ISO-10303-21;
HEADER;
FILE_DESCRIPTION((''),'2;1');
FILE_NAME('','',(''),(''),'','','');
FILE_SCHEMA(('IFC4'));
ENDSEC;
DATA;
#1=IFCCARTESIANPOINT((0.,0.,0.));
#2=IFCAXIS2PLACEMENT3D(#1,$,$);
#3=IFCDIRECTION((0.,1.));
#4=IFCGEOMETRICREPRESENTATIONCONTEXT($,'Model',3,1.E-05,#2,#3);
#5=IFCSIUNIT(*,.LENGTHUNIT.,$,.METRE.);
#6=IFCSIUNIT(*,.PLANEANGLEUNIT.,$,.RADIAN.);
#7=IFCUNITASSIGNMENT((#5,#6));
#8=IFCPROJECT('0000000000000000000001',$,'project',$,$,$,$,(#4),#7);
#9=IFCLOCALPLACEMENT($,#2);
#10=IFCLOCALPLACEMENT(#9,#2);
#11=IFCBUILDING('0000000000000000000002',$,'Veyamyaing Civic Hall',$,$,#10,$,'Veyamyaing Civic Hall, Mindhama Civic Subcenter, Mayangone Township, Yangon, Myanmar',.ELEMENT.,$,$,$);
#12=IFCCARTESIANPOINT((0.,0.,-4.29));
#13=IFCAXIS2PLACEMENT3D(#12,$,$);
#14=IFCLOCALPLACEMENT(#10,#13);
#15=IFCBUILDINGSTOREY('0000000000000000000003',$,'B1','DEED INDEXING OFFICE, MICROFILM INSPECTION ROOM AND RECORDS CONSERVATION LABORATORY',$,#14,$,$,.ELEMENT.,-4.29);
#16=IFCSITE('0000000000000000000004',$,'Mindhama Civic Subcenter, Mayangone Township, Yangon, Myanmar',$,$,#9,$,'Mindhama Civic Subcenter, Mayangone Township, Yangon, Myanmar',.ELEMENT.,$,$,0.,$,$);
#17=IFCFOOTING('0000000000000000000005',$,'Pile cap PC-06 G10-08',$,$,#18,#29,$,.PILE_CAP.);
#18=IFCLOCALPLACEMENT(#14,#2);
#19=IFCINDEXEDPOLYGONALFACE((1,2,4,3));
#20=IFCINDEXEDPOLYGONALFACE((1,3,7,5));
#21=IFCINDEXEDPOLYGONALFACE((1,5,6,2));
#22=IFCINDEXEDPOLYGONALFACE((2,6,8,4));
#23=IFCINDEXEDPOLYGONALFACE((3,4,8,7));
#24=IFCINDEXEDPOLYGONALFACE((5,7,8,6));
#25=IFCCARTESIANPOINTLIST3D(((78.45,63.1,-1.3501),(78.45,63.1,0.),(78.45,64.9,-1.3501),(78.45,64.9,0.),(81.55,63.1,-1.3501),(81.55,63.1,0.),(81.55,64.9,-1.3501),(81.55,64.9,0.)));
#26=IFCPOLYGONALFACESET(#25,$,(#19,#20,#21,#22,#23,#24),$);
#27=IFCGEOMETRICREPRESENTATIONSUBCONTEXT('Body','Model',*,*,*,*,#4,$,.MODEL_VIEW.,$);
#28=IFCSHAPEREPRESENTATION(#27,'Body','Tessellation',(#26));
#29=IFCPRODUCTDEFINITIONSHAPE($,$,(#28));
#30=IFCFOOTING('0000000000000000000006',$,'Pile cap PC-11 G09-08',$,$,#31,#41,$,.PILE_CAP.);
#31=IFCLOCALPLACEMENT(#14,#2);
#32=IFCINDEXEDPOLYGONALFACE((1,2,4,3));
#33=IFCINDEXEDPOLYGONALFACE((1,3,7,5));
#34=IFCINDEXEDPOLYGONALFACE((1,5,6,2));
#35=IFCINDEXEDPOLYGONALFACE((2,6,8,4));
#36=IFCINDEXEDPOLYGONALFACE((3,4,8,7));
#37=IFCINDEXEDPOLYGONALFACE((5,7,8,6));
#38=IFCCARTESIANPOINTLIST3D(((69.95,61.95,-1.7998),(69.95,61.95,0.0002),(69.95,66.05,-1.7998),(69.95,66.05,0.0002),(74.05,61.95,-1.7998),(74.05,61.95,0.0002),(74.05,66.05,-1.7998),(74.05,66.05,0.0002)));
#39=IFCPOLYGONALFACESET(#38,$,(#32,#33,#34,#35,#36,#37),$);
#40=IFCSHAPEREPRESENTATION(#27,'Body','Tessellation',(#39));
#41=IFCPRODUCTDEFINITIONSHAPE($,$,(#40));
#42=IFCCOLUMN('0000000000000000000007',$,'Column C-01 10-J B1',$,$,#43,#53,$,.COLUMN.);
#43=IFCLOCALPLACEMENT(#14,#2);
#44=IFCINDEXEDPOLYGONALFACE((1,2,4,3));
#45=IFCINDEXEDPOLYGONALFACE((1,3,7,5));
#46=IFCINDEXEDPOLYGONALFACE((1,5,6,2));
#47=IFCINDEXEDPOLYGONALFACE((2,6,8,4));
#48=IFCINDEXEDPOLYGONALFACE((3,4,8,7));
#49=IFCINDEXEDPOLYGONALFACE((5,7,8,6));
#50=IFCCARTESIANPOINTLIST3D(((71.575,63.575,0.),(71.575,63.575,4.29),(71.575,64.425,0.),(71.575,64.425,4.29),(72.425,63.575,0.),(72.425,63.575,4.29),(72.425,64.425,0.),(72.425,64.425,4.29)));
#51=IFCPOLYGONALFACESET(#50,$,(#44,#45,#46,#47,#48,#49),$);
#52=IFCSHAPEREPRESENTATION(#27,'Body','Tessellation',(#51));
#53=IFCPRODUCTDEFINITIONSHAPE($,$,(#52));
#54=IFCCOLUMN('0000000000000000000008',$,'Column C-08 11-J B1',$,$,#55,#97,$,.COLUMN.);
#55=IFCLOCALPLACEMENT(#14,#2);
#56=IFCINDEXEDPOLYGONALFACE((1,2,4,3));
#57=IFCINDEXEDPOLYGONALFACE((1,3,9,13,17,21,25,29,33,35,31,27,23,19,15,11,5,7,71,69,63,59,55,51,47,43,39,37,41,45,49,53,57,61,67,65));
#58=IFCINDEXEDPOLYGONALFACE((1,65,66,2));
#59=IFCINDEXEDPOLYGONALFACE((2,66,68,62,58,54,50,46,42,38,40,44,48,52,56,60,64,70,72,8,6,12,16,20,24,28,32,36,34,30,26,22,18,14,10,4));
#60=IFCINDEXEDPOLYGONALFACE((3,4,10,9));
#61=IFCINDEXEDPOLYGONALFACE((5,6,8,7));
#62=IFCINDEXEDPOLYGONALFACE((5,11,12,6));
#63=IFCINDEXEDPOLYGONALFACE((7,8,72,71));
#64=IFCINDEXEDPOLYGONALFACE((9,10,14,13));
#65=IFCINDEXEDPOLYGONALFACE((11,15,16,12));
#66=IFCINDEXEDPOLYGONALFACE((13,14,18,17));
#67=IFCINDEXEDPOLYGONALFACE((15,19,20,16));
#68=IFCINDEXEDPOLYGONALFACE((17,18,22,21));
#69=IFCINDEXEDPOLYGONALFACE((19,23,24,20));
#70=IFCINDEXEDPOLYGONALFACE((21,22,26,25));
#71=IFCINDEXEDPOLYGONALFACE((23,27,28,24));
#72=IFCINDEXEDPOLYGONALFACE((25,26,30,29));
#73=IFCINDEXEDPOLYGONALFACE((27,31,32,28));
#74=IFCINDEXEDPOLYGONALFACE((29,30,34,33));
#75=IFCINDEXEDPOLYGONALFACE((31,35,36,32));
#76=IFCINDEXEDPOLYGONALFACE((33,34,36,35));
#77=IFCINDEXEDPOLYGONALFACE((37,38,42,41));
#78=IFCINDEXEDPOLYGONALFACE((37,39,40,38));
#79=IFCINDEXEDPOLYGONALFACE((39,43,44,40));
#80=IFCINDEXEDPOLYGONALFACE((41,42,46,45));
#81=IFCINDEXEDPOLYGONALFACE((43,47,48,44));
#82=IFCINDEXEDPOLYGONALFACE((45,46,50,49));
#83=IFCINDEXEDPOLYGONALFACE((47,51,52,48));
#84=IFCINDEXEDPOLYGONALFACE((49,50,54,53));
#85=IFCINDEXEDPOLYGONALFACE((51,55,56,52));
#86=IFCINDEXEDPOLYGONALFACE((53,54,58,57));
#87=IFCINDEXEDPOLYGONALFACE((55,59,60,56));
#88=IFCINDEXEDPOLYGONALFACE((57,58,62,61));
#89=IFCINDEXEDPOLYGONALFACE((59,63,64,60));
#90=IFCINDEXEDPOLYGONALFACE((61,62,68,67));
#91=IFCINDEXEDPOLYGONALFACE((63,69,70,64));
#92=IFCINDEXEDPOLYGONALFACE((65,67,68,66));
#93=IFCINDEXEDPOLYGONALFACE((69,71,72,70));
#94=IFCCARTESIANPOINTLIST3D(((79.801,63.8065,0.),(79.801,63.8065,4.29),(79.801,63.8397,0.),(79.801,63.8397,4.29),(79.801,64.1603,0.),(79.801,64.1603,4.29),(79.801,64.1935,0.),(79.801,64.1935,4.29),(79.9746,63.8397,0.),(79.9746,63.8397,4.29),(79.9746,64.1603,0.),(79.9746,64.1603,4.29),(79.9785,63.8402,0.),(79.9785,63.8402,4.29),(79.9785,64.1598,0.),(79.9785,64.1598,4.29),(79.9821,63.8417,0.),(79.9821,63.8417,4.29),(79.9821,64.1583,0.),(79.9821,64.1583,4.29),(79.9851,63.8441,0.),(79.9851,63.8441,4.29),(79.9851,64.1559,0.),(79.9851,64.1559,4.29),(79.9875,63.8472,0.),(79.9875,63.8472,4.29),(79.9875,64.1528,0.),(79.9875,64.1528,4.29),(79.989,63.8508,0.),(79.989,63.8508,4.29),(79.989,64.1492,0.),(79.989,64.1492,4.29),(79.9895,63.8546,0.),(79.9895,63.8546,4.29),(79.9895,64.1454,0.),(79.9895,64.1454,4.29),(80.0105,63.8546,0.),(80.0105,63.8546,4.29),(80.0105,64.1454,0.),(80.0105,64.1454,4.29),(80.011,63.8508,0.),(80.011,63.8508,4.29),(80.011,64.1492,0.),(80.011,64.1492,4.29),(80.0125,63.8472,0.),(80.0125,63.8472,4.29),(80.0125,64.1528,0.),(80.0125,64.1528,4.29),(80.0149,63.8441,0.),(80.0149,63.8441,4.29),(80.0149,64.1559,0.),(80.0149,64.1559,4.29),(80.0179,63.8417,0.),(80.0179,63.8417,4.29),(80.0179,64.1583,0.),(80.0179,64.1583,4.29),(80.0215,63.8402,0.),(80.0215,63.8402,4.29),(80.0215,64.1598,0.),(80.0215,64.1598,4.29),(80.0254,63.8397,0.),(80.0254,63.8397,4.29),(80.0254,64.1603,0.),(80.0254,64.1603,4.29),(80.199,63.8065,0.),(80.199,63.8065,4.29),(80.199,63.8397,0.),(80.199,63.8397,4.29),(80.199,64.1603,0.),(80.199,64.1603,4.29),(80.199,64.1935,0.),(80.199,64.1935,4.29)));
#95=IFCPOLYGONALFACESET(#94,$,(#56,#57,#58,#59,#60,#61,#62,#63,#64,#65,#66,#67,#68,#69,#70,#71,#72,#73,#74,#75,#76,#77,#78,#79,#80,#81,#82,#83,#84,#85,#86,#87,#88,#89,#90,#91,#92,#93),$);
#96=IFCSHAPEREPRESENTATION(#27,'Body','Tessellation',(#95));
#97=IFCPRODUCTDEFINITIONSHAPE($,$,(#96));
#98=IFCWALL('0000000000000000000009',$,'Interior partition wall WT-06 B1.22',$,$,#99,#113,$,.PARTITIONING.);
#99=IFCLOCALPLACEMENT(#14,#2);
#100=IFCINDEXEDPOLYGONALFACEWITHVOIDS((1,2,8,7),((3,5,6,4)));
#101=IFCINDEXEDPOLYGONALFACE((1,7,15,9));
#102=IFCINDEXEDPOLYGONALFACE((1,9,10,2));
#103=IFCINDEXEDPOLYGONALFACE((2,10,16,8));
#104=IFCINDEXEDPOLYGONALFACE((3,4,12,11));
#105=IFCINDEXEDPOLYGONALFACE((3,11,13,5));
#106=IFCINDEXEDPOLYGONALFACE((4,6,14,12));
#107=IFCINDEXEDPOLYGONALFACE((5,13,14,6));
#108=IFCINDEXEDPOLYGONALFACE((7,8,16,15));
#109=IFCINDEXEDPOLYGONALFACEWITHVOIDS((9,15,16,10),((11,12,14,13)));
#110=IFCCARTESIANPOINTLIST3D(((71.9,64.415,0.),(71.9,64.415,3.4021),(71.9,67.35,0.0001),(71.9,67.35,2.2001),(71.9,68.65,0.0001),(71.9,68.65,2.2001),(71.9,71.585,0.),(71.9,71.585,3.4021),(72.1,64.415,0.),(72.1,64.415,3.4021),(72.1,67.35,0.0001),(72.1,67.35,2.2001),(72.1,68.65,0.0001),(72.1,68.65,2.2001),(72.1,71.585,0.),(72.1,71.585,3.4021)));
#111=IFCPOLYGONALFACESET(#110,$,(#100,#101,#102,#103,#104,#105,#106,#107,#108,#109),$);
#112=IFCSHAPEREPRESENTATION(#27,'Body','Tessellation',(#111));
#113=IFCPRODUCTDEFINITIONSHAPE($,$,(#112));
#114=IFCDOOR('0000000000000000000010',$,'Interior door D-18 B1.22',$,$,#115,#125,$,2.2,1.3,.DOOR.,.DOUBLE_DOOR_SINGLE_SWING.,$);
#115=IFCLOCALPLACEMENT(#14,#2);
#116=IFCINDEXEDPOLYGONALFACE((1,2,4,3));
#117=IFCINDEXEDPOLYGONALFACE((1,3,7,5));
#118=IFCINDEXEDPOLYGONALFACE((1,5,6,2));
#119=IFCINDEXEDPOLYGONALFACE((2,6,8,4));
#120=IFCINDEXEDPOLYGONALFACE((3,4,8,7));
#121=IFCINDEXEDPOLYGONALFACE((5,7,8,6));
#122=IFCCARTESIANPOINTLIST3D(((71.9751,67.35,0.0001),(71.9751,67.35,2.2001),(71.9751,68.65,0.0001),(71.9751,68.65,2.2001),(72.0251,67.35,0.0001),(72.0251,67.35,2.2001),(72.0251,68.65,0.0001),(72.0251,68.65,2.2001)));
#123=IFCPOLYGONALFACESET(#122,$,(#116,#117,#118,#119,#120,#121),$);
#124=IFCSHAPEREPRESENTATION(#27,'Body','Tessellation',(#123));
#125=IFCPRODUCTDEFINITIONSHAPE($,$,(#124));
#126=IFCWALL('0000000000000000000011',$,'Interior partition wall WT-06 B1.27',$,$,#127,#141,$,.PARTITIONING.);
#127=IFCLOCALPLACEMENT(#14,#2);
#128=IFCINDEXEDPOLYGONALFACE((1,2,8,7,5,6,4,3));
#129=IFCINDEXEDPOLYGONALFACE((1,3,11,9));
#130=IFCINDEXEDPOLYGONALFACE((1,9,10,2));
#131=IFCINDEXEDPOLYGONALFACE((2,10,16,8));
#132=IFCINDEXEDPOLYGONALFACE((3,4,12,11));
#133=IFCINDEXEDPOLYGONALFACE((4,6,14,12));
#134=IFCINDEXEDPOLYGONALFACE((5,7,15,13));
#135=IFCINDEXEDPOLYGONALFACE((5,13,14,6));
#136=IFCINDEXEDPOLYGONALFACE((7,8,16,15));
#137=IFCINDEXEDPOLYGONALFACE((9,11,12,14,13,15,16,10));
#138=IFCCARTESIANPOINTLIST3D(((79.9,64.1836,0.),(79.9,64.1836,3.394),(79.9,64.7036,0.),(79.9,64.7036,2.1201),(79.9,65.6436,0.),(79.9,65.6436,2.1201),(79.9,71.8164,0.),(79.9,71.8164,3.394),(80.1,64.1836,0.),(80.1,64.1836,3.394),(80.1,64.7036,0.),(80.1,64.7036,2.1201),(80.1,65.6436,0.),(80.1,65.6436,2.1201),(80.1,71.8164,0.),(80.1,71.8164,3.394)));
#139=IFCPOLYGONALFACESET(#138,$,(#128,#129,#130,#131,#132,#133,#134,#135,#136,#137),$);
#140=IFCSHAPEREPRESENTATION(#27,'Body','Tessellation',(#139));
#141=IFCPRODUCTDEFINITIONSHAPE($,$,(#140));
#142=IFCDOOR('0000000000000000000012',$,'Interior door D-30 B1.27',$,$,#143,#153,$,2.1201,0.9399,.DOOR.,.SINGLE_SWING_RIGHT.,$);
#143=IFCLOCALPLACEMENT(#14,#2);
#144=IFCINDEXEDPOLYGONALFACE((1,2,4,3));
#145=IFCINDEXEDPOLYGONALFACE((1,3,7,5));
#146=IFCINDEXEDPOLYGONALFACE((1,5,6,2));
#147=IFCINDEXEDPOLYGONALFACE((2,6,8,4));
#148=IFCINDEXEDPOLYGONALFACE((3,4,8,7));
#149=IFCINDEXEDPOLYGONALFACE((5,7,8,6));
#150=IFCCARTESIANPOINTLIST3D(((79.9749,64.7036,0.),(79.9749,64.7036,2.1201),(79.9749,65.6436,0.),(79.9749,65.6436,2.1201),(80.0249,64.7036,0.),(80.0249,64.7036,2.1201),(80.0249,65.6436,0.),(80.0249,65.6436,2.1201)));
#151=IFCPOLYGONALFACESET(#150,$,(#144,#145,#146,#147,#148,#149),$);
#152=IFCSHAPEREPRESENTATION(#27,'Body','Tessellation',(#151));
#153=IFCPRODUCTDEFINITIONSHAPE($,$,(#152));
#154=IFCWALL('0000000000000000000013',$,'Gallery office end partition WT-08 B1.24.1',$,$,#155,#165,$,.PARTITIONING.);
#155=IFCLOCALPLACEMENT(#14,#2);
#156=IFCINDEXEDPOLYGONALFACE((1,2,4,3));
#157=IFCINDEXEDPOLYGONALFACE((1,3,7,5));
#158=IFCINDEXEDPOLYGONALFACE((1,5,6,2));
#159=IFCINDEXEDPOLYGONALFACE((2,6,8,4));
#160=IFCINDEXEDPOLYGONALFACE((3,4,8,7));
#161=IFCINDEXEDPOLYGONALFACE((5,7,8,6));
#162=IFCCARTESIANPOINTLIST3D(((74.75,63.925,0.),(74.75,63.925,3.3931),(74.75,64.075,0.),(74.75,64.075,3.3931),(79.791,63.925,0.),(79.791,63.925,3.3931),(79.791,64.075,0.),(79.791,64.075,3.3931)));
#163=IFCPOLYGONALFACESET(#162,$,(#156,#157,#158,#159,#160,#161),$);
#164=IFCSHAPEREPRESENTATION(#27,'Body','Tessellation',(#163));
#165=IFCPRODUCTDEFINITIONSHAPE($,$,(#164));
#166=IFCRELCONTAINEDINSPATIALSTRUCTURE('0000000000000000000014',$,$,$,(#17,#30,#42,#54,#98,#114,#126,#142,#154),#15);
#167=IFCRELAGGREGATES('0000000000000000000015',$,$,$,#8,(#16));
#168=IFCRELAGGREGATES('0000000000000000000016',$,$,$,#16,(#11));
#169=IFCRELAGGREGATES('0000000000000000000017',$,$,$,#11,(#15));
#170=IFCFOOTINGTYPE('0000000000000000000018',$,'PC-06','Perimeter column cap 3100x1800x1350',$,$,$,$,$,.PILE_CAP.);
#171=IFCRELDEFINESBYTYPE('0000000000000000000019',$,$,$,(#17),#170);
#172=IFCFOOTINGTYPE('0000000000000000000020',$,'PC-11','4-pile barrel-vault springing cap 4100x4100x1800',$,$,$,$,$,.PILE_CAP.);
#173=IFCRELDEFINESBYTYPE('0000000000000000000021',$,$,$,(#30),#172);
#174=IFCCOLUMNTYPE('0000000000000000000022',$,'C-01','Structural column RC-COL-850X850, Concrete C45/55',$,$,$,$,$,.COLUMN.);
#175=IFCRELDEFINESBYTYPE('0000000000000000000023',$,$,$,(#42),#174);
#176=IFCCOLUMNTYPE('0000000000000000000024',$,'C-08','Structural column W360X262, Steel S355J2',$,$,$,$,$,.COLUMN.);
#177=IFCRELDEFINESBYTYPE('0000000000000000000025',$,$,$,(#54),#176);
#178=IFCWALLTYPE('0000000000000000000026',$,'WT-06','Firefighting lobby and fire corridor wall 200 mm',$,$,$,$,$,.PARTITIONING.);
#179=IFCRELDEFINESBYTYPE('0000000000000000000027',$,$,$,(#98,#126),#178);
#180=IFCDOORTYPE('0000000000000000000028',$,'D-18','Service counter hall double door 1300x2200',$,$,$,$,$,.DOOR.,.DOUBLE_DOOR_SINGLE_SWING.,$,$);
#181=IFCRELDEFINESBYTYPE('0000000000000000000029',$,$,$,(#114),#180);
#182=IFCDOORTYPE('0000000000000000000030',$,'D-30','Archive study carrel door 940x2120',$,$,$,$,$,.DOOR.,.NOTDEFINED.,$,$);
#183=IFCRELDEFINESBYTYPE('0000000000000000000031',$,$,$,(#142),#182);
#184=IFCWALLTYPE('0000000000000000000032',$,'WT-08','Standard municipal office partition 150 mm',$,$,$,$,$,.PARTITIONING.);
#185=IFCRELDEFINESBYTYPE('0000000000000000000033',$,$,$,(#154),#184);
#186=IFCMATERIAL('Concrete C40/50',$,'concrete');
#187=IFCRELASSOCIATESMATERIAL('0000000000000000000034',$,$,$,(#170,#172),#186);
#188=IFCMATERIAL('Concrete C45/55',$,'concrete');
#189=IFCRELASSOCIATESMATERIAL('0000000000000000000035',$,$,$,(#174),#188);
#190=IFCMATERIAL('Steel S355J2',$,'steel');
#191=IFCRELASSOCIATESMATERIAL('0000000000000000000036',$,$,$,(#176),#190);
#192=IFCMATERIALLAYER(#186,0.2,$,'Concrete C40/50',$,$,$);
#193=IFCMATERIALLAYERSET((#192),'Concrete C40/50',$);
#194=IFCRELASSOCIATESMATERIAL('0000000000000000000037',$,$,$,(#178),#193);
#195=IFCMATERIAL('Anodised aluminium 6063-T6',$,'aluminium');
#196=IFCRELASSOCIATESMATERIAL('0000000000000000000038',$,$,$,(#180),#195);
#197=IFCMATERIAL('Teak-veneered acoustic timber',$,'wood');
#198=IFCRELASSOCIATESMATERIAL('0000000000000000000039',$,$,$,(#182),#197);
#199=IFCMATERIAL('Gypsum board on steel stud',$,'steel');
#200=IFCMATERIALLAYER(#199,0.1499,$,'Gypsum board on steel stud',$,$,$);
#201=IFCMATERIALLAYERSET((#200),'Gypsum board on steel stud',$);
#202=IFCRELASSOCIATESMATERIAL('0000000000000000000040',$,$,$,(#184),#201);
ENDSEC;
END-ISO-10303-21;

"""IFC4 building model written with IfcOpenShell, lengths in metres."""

from ifc_helpers import new_model, si_unit, direction, frame, frame_2d, origin, origin_2d, place, context, subcontext, project, spatial, rectangle, i_section, extrude, material, layer, layer_set, material_profile, profile_set, type_object, element, fill, save


model = new_model("IFC4")

# Units and contexts
model_context = context("Model", 3, precision=1e-05, world=origin(), true_north=direction((0.0, 1.0)))
body_context = subcontext(model_context, "Body", "Model", "MODEL_VIEW")
ifc_project = project(units=[si_unit("LENGTHUNIT", "METRE"), si_unit("PLANEANGLEUNIT", "RADIAN")], contexts=[model_context])

# Site, building, storey
site_placement = place(None, origin())
site = spatial("IfcSite", under=ifc_project, at=site_placement, Name="Mindhama Civic Subcenter, Mayangone Township, Yangon, Myanmar", LongName="Mindhama Civic Subcenter, Mayangone Township, Yangon, Myanmar", CompositionType="ELEMENT", RefElevation=0.0)
building_placement = place(site_placement, origin())
building = spatial("IfcBuilding", under=site, at=building_placement, Name="Veyamyaing Civic Hall", LongName="Veyamyaing Civic Hall, Mindhama Civic Subcenter, Mayangone Township, Yangon, Myanmar", CompositionType="ELEMENT")
storey_placement = place(building_placement, frame((0.0, 0.0, -4.29)))
storey = spatial("IfcBuildingStorey", under=building, at=storey_placement, Name="B1", Description="DEED INDEXING OFFICE, MICROFILM INSPECTION ROOM AND RECORDS CONSERVATION LABORATORY", CompositionType="ELEMENT", Elevation=-4.29)

# Shared definitions
ifc_material_1 = material(Name="Concrete C40/50", Category="concrete")

# Footings
footing_type_1 = type_object("IfcFootingType", Name="PC-06", Description="Perimeter column cap 3100x1800x1350", PredefinedType="PILE_CAP", material=ifc_material_1)
footing_1_placement = place(storey_placement, frame((80.0, 64.0, -1.3501), z_axis=(0.0, 0.0, 1.0), x_axis=(1.0, 0.0, 0.0)))
element("IfcFooting", 1, at=footing_1_placement, inside=storey, type_object=footing_type_1, Name="Pile cap PC-06 G10-08", PredefinedType="PILE_CAP", context=body_context, shape_type="SweptSolid", body=[
    extrude(rectangle(XDim=3.1001, YDim=1.8, at=origin_2d()), origin(), (0.0, 0.0, 1.0), 1.3501),
])
footing_type_2 = type_object("IfcFootingType", Name="PC-11", Description="4-pile barrel-vault springing cap 4100x4100x1800", PredefinedType="PILE_CAP", material=ifc_material_1)
footing_2_placement = place(storey_placement, frame((72.0, 64.0, -1.7998), z_axis=(0.0, 0.0, 1.0), x_axis=(1.0, 0.0, 0.0)))
element("IfcFooting", 2, at=footing_2_placement, inside=storey, type_object=footing_type_2, Name="Pile cap PC-11 G09-08", PredefinedType="PILE_CAP", context=body_context, shape_type="SweptSolid", body=[
    extrude(rectangle(XDim=4.1001, YDim=4.1001, at=origin_2d()), origin(), (0.0, 0.0, 1.0), 1.8),
])

# Columns
ifc_material_2 = material(Name="Concrete C45/55", Category="concrete")
ifc_material_profile_1 = material_profile(ifc_material_2, rectangle(XDim=0.8501, YDim=0.8501, at=origin_2d()), Name="RC-COL-850X850")
ifc_profile_set_1 = profile_set([ifc_material_profile_1], Name="Concrete C45/55")
column_type_1 = type_object("IfcColumnType", Name="C-01", Description="Structural column RC-COL-850X850, Concrete C45/55", PredefinedType="COLUMN", material=ifc_profile_set_1)
column_1_placement = place(storey_placement, frame((72.0, 64.0, 0.0), z_axis=(0.0, 0.0, 1.0), x_axis=(1.0, 0.0, 0.0)))
element("IfcColumn", 3, at=column_1_placement, inside=storey, type_object=column_type_1, Name="Column C-01 10-J B1", PredefinedType="COLUMN", context=body_context, shape_type="SweptSolid", body=[
    extrude(rectangle(XDim=0.8501, YDim=0.8501, at=origin_2d()), origin(), (0.0, 0.0, 1.0), 4.29),
])
ifc_material_3 = material(Name="Steel S355J2", Category="steel")
ifc_material_profile_2 = material_profile(ifc_material_3, i_section(OverallWidth=0.3979, OverallDepth=0.387, WebThickness=0.021, FlangeThickness=0.0332, FilletRadius=0.0149, at=origin_2d()), Name="W360X262")
ifc_profile_set_2 = profile_set([ifc_material_profile_2], Name="Steel S355J2")
column_type_2 = type_object("IfcColumnType", Name="C-08", Description="Structural column W360X262, Steel S355J2", PredefinedType="COLUMN", material=ifc_profile_set_2)
column_2_placement = place(storey_placement, frame((80.0, 64.0, 0.0), z_axis=(0.0, 0.0, 1.0), x_axis=(1.0, 0.0, 0.0)))
element("IfcColumn", 4, at=column_2_placement, inside=storey, type_object=column_type_2, Name="Column C-08 11-J B1", PredefinedType="COLUMN", context=body_context, shape_type="SweptSolid", body=[
    extrude(i_section(OverallWidth=0.3979, OverallDepth=0.387, WebThickness=0.021, FlangeThickness=0.0332, FilletRadius=0.0149, at=origin_2d()), origin(), (0.0, 0.0, 1.0), 4.29),
])

# Walls, openings, doors
ifc_layer_1 = layer(ifc_material_1, 0.2, Name="Concrete C40/50")
ifc_layer_set_1 = layer_set([ifc_layer_1], Name="Concrete C40/50")
wall_type_1 = type_object("IfcWallType", Name="WT-06", Description="Firefighting lobby and fire corridor wall 200 mm", PredefinedType="PARTITIONING", material=ifc_layer_set_1)
wall_1_placement = place(storey_placement, frame((72.0, 64.415, 0.0), z_axis=(0.0, 0.0, 1.0), x_axis=(0.0, 1.0, 0.0)))
wall_1 = element("IfcWall", 5, at=wall_1_placement, inside=storey, type_object=wall_type_1, Name="Interior partition wall WT-06 B1.22", PredefinedType="PARTITIONING", context=body_context, shape_type="SweptSolid", body=[
    extrude(rectangle(XDim=7.1699, YDim=0.2, at=frame_2d((3.585, 0.0))), origin(), (0.0, 0.0, 1.0), 3.4021),
])
opening_1_placement = place(wall_1_placement, frame((2.9351, 0.0, 0.0)))
opening_1 = element("IfcOpeningElement", 6, at=opening_1_placement, cuts=wall_1, PredefinedType="OPENING", context=body_context, shape_type="SweptSolid", body=[
    extrude(rectangle(XDim=1.3, YDim=2.2, at=frame_2d((0.6499, 1.1001))), frame((0.0, 0.1099, 0.0), z_axis=(0.0, -1.0, 0.0), x_axis=(1.0, 0.0, 0.0)), (0.0, 0.0, 1.0), 0.22),
])
ifc_material_4 = material(Name="Anodised aluminium 6063-T6", Category="aluminium")
door_type_1 = type_object("IfcDoorType", Name="D-18", Description="Service counter hall double door 1300x2200", OperationType="DOUBLE_DOOR_SINGLE_SWING", PredefinedType="DOOR", material=ifc_material_4)
door_1_placement = place(opening_1_placement, origin())
door_1 = element("IfcDoor", 7, at=door_1_placement, inside=storey, type_object=door_type_1, Name="Interior door D-18 B1.22", OperationType="DOUBLE_DOOR_SINGLE_SWING", OverallHeight=2.2, OverallWidth=1.3, PredefinedType="DOOR", context=body_context, shape_type="SweptSolid", body=[
    extrude(rectangle(XDim=1.3, YDim=2.2, at=frame_2d((0.6499, 1.1001))), frame((0.0, 0.0249, 0.0), z_axis=(0.0, -1.0, 0.0), x_axis=(1.0, 0.0, 0.0)), (0.0, 0.0, 1.0), 0.05),
])
fill(opening_1, door_1)
wall_2_placement = place(storey_placement, frame((80.0, 64.1836, 0.0), z_axis=(0.0, 0.0, 1.0), x_axis=(0.0, 1.0, 0.0)))
wall_2 = element("IfcWall", 8, at=wall_2_placement, inside=storey, type_object=wall_type_1, Name="Interior partition wall WT-06 B1.27", PredefinedType="PARTITIONING", context=body_context, shape_type="SweptSolid", body=[
    extrude(rectangle(XDim=7.6328, YDim=0.2, at=frame_2d((3.8164, 0.0))), origin(), (0.0, 0.0, 1.0), 3.394),
])
opening_2_placement = place(wall_2_placement, frame((0.52, 0.0, 0.0)))
opening_2 = element("IfcOpeningElement", 9, at=opening_2_placement, cuts=wall_2, PredefinedType="OPENING", context=body_context, shape_type="SweptSolid", body=[
    extrude(rectangle(XDim=0.9399, YDim=2.1201, at=frame_2d((0.47, 1.0601))), frame((0.0, 0.1099, 0.0), z_axis=(0.0, -1.0, 0.0), x_axis=(1.0, 0.0, 0.0)), (0.0, 0.0, 1.0), 0.22),
])
ifc_material_5 = material(Name="Teak-veneered acoustic timber", Category="wood")
door_type_2 = type_object("IfcDoorType", Name="D-30", Description="Archive study carrel door 940x2120", OperationType="NOTDEFINED", PredefinedType="DOOR", material=ifc_material_5)
door_2_placement = place(opening_2_placement, frame((0.9399, 0.0, 0.0), z_axis=(0.0, 0.0, 1.0), x_axis=(-1.0, 0.0, 0.0)))
door_2 = element("IfcDoor", 10, at=door_2_placement, inside=storey, type_object=door_type_2, Name="Interior door D-30 B1.27", OperationType="SINGLE_SWING_RIGHT", OverallHeight=2.1201, OverallWidth=0.9399, PredefinedType="DOOR", context=body_context, shape_type="SweptSolid", body=[
    extrude(rectangle(XDim=0.9399, YDim=2.1201, at=frame_2d((0.47, 1.0601))), frame((0.0, 0.0249, 0.0), z_axis=(0.0, -1.0, 0.0), x_axis=(1.0, 0.0, 0.0)), (0.0, 0.0, 1.0), 0.05),
])
fill(opening_2, door_2)

# Wall
ifc_material_6 = material(Name="Gypsum board on steel stud", Category="steel")
ifc_layer_2 = layer(ifc_material_6, 0.1499, Name="Gypsum board on steel stud")
ifc_layer_set_2 = layer_set([ifc_layer_2], Name="Gypsum board on steel stud")
wall_type_2 = type_object("IfcWallType", Name="WT-08", Description="Standard municipal office partition 150 mm", PredefinedType="PARTITIONING", material=ifc_layer_set_2)
wall_3_placement = place(storey_placement, frame((74.75, 64.0, 0.0), z_axis=(0.0, 0.0, 1.0), x_axis=(1.0, 0.0, 0.0)))
element("IfcWall", 11, at=wall_3_placement, inside=storey, type_object=wall_type_2, Name="Gallery office end partition WT-08 B1.24.1", PredefinedType="PARTITIONING", context=body_context, shape_type="SweptSolid", body=[
    extrude(rectangle(XDim=5.041, YDim=0.1499, at=frame_2d((2.5205, 0.0))), origin(), (0.0, 0.0, 1.0), 3.3931),
])

save(model, "model.ifc")
